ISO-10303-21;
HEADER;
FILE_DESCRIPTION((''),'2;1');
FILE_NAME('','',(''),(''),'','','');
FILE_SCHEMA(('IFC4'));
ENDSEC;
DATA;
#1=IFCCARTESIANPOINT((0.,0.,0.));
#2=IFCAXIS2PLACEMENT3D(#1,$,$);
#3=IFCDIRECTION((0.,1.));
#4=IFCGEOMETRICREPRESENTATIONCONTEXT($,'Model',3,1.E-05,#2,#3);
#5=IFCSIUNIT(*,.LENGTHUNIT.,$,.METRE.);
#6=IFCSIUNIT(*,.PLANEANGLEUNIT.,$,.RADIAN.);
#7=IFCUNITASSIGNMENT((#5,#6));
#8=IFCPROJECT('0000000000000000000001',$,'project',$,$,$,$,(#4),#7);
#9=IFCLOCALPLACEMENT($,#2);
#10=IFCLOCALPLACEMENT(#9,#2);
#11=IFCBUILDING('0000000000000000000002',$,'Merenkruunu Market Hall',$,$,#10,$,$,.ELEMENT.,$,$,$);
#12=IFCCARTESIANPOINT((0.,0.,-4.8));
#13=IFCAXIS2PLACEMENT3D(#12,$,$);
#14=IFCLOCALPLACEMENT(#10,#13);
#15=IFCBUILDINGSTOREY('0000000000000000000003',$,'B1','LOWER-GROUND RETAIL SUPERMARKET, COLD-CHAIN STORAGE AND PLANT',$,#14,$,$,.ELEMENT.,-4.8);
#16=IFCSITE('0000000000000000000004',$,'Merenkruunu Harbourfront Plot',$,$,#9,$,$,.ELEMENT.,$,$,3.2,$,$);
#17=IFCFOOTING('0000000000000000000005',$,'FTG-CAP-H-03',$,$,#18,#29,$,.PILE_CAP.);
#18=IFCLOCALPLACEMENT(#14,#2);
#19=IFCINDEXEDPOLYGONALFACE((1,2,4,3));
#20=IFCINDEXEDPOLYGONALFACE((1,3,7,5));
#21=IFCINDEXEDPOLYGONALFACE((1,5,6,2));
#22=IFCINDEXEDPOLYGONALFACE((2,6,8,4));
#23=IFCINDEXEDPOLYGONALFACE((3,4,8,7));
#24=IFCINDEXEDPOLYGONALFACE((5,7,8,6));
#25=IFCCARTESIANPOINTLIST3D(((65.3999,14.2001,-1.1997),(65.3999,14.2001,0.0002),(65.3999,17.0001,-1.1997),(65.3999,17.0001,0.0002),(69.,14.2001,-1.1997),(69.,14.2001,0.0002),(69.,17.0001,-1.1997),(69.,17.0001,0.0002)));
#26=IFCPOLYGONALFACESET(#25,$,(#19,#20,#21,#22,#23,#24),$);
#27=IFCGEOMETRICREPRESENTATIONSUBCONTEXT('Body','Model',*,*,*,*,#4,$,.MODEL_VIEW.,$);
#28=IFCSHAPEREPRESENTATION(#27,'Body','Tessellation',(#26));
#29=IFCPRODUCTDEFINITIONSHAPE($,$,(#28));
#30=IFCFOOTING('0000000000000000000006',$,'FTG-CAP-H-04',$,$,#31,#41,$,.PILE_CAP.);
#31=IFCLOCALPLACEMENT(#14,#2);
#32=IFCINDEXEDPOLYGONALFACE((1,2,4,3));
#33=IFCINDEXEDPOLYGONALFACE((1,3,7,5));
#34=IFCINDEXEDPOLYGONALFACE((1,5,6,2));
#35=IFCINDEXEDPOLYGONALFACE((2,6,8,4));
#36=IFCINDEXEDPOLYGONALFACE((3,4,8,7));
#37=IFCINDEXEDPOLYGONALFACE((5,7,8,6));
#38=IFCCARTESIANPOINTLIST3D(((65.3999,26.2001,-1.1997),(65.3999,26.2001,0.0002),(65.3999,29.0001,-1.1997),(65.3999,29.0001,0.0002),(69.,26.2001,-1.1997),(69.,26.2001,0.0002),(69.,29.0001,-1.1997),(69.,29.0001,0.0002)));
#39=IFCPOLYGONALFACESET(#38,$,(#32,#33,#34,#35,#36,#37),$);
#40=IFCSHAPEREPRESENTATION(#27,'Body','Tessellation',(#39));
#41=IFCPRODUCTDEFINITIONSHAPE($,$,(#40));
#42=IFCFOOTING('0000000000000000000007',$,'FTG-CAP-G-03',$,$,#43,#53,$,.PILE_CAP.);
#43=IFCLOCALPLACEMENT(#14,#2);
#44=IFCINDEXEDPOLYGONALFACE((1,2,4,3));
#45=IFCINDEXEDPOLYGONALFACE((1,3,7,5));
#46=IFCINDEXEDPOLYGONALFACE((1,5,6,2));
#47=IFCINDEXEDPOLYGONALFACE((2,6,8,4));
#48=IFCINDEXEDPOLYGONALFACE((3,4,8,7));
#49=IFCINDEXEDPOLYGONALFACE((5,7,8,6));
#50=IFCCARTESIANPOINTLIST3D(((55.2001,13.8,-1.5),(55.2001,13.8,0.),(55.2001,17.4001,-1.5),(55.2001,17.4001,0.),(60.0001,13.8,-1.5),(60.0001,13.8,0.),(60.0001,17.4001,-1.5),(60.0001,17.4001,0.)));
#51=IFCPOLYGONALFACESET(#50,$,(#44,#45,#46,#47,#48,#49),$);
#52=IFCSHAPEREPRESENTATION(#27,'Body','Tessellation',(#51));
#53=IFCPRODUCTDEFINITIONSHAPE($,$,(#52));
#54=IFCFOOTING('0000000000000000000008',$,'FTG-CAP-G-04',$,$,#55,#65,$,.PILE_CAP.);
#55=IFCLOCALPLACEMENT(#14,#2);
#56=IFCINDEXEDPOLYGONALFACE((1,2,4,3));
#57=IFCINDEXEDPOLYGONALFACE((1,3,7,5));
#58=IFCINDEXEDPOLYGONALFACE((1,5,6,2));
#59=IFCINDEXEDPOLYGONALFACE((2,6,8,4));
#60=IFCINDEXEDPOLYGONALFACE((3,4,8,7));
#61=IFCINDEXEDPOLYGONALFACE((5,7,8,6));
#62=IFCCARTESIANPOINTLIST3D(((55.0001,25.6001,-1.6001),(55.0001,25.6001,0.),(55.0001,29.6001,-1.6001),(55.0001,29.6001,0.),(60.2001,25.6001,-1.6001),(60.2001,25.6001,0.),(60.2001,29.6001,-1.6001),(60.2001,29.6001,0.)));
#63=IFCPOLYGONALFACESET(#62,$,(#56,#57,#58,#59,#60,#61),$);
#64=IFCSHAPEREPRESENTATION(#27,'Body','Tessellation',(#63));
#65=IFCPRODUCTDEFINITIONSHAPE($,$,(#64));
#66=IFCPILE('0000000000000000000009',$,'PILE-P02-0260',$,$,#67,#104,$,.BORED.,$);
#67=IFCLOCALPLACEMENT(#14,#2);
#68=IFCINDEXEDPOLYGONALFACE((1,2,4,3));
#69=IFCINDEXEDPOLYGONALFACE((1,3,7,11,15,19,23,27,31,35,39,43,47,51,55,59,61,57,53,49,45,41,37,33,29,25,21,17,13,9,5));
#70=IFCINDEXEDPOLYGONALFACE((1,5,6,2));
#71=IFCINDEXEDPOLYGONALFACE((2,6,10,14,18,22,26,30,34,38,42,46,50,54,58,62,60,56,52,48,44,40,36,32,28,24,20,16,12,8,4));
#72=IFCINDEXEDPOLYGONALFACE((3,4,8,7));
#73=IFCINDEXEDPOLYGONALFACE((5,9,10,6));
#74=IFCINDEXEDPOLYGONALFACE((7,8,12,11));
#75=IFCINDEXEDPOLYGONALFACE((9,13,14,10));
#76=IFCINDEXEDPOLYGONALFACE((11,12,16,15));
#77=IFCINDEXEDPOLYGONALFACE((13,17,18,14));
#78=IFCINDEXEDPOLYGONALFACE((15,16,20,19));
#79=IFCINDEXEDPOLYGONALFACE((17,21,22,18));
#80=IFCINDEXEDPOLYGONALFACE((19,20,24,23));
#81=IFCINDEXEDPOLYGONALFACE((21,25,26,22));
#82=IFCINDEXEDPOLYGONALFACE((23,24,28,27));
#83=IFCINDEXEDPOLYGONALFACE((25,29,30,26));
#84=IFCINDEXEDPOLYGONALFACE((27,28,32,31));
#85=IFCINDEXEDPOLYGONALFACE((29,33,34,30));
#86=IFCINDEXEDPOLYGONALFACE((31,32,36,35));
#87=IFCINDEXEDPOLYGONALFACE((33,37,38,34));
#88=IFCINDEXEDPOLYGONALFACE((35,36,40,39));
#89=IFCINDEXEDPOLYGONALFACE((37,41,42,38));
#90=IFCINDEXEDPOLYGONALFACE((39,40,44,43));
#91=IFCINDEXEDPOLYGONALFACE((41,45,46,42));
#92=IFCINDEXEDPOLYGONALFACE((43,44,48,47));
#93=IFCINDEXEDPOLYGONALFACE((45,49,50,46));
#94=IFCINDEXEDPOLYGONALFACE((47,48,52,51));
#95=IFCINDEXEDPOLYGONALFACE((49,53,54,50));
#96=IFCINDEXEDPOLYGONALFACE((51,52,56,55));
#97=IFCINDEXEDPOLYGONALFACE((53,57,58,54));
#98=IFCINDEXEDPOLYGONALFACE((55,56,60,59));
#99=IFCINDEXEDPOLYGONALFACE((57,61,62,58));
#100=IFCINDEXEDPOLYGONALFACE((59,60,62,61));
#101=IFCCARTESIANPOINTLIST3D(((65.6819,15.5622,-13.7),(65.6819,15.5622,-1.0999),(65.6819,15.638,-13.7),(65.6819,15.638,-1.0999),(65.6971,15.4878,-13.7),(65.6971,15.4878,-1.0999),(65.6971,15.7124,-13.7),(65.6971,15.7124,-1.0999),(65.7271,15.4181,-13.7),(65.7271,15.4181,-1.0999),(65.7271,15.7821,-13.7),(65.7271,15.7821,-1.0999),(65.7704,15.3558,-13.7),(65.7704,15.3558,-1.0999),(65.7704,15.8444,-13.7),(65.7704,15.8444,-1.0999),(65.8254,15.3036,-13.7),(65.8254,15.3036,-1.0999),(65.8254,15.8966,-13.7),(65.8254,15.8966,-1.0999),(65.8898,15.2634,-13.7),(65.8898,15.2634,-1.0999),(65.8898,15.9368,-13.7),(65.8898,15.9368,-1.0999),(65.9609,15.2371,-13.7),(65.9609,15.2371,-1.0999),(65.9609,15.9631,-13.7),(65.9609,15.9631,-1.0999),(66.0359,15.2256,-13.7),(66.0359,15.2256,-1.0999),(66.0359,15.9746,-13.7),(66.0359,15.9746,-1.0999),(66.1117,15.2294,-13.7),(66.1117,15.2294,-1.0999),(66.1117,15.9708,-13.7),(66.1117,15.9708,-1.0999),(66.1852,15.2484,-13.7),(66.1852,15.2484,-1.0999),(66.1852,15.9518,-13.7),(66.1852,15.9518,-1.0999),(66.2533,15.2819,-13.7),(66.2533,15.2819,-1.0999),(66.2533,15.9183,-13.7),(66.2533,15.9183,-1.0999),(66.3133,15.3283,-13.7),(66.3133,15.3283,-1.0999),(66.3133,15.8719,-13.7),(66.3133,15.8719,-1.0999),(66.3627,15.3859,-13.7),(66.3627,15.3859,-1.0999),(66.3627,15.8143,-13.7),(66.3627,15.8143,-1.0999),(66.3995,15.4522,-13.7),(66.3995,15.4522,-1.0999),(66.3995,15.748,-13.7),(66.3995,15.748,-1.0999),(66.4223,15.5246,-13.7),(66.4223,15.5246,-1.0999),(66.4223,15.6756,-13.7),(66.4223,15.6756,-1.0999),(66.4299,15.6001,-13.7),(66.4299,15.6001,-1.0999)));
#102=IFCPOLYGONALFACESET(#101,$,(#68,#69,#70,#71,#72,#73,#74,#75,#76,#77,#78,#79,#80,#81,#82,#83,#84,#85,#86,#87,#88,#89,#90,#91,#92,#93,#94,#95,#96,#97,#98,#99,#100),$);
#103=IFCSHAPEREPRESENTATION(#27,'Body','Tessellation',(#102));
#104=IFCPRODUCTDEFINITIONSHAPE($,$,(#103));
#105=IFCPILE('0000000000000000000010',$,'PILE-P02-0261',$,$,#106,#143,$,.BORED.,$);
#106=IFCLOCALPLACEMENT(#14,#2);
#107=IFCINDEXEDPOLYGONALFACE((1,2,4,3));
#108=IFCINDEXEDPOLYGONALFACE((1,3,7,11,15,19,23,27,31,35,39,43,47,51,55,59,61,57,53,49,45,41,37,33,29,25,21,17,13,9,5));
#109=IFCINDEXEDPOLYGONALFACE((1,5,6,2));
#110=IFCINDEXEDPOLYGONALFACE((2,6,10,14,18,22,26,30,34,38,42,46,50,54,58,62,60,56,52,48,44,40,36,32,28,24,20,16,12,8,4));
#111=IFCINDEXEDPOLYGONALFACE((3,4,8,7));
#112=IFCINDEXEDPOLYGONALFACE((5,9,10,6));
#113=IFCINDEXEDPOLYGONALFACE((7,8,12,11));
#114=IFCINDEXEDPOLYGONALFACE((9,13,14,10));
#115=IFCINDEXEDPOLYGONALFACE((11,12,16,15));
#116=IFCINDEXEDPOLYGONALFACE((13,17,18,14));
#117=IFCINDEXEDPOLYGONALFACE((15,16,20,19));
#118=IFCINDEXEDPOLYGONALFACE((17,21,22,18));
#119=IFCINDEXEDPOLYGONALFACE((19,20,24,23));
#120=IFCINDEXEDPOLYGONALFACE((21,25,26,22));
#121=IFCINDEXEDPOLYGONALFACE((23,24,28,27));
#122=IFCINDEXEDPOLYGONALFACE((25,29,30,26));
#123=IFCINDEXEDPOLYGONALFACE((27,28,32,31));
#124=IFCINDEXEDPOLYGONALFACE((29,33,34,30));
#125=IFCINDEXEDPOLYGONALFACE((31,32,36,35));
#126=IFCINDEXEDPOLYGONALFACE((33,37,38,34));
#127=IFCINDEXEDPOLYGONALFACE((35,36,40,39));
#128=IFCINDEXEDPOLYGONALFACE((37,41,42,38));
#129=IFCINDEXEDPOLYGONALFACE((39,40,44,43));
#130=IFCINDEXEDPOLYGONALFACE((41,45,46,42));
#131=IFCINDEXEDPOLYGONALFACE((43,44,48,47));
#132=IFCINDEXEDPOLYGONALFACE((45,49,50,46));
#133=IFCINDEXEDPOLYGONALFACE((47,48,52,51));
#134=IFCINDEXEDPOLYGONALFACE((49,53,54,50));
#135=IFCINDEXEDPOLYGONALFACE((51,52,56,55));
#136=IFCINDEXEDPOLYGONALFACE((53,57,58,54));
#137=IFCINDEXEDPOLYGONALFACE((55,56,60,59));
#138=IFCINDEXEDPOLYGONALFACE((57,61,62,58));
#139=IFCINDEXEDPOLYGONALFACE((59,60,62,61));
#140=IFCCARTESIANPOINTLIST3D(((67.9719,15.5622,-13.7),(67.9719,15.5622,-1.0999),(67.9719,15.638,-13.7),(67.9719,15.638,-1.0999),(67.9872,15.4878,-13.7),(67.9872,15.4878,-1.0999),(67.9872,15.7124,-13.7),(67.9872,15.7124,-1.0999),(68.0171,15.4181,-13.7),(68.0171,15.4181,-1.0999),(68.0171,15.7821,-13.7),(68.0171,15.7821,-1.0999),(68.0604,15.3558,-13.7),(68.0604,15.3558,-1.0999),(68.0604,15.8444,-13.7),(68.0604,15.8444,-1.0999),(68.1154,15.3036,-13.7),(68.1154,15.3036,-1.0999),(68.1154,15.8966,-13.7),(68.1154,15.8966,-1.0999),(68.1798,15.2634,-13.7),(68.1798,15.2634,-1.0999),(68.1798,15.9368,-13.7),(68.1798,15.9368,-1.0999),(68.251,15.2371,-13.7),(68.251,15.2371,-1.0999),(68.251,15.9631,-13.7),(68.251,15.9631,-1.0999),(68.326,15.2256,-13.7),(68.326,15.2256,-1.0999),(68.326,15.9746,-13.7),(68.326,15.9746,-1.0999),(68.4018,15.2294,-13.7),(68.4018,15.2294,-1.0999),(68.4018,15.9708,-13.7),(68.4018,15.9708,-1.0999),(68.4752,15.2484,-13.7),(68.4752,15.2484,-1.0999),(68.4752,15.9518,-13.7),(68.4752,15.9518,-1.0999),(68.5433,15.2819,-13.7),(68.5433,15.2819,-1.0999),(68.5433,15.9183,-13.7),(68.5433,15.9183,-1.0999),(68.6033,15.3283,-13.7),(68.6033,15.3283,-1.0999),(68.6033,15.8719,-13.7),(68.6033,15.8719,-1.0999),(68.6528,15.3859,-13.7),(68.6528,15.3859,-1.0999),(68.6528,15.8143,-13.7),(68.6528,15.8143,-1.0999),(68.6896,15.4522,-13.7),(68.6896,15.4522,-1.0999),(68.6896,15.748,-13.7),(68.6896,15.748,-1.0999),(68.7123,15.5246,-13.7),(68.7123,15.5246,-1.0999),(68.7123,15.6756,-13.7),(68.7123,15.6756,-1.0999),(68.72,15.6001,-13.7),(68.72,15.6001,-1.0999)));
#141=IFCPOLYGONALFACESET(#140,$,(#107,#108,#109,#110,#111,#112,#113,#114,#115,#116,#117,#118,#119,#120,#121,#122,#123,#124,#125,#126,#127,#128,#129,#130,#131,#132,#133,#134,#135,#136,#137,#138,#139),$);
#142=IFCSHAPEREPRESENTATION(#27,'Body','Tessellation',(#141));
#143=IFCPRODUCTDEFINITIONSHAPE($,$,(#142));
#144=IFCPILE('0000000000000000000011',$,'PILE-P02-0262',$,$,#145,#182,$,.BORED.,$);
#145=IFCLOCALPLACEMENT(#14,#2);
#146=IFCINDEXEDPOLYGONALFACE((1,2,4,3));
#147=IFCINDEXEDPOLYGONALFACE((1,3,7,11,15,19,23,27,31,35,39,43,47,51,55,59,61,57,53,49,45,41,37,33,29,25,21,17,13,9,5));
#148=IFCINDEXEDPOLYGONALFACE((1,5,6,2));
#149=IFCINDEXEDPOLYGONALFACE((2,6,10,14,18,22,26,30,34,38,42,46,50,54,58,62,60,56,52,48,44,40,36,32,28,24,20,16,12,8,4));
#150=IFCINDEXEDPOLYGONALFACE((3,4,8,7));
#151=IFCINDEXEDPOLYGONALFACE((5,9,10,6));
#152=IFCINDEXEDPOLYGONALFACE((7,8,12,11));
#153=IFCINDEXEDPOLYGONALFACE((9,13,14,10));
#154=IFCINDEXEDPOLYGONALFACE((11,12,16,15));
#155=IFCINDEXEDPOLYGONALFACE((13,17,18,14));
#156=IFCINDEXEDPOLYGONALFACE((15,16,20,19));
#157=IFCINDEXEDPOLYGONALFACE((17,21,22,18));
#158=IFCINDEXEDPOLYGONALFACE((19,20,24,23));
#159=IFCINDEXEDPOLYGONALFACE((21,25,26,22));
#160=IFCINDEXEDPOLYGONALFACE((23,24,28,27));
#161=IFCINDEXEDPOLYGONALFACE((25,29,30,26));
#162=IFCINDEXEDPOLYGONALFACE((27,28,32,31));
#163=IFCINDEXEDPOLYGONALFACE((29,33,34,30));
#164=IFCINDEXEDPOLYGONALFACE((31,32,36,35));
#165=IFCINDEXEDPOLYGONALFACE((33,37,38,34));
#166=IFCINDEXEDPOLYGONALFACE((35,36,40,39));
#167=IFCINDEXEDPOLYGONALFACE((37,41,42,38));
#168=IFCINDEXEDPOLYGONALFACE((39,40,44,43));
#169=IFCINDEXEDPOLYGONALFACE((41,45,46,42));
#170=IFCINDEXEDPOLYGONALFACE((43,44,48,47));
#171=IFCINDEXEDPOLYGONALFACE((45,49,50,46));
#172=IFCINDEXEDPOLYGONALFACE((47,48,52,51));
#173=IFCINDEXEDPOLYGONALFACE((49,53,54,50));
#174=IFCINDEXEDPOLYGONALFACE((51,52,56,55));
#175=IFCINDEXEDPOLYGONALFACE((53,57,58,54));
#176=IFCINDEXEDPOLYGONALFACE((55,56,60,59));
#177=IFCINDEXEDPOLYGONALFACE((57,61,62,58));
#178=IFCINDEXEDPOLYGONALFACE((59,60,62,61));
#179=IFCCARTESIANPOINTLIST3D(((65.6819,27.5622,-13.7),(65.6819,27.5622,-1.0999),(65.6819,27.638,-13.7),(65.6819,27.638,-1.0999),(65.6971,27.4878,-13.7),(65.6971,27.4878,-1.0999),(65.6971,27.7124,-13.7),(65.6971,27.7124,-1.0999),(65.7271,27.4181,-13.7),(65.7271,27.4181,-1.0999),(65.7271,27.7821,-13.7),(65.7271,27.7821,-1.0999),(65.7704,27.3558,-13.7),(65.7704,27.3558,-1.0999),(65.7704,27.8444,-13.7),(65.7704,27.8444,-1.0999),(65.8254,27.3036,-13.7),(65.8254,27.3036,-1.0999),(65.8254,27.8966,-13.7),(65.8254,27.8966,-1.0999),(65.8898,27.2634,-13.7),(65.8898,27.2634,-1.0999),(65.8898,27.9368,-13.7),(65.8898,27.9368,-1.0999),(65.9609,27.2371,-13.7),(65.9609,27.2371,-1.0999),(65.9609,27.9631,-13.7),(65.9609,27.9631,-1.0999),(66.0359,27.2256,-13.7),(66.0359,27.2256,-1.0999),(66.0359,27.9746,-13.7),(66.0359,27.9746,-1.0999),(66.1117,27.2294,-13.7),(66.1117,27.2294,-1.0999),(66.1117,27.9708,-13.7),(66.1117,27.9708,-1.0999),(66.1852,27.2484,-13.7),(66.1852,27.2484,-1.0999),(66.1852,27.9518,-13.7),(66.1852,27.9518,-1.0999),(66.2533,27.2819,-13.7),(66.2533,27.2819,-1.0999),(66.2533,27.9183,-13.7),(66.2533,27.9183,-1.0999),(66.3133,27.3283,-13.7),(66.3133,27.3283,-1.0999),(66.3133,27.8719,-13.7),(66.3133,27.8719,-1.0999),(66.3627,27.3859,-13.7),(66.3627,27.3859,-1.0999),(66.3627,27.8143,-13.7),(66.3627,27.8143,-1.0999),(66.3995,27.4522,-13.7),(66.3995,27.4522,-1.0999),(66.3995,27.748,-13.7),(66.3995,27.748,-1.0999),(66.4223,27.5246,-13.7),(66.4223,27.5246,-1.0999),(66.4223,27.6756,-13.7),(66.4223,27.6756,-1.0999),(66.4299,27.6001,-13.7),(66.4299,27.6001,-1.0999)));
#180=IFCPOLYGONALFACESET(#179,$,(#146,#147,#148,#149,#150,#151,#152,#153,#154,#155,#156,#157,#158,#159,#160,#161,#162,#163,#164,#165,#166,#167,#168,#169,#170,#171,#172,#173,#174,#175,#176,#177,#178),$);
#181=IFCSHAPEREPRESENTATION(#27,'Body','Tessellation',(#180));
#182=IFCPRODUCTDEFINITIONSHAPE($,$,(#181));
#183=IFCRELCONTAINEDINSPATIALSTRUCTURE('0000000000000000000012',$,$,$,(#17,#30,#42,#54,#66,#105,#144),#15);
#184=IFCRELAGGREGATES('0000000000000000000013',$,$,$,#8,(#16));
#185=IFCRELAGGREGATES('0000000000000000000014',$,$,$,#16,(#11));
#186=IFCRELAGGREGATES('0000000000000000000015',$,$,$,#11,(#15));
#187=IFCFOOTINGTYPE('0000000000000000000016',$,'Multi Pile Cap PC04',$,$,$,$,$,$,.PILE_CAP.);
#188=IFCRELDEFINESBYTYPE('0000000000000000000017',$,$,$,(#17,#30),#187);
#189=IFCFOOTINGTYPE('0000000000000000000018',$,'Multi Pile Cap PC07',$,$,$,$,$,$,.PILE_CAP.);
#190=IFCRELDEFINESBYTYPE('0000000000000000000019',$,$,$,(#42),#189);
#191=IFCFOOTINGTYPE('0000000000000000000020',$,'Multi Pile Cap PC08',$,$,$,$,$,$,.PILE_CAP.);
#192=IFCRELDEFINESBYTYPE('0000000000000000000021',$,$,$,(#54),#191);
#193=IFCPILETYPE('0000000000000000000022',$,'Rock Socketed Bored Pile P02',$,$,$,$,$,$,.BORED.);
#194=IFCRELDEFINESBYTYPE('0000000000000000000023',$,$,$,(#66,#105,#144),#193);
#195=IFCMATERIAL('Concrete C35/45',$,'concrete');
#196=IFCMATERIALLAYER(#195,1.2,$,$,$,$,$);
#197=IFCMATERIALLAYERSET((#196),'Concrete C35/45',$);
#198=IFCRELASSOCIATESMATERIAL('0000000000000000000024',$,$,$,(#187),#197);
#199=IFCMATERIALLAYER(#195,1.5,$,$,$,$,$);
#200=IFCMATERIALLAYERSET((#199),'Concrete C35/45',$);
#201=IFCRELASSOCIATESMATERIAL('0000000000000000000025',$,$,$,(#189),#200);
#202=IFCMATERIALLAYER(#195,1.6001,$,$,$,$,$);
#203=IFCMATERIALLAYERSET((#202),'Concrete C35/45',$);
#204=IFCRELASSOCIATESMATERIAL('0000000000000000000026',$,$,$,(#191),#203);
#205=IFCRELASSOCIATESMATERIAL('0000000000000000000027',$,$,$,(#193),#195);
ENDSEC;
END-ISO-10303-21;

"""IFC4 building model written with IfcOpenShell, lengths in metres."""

from ifc_helpers import new_model, si_unit, direction, frame, origin, origin_2d, place, context, subcontext, project, spatial, rectangle, circle, extrude, material, layer, layer_set, material_profile, profile_set, type_object, element, save


model = new_model("IFC4")

# Units and contexts
model_context = context("Model", 3, precision=1e-05, world=origin(), true_north=direction((0.0, 1.0)))
body_context = subcontext(model_context, "Body", "Model", "MODEL_VIEW")
ifc_project = project(units=[si_unit("LENGTHUNIT", "METRE"), si_unit("PLANEANGLEUNIT", "RADIAN")], contexts=[model_context])

# Site, building, storey
site_placement = place(None, origin())
site = spatial("IfcSite", under=ifc_project, at=site_placement, Name="Merenkruunu Harbourfront Plot", CompositionType="ELEMENT", RefElevation=3.2)
building_placement = place(site_placement, origin())
building = spatial("IfcBuilding", under=site, at=building_placement, Name="Merenkruunu Market Hall", CompositionType="ELEMENT")
storey_placement = place(building_placement, frame((0.0, 0.0, -4.8)))
storey = spatial("IfcBuildingStorey", under=building, at=storey_placement, Name="B1", Description="LOWER-GROUND RETAIL SUPERMARKET, COLD-CHAIN STORAGE AND PLANT", CompositionType="ELEMENT", Elevation=-4.8)

# Footings
ifc_material_1 = material(Name="Concrete C35/45", Category="concrete")
ifc_layer_1 = layer(ifc_material_1, 1.2)
ifc_layer_set_1 = layer_set([ifc_layer_1], Name="Concrete C35/45")
footing_type_1 = type_object("IfcFootingType", Name="Multi Pile Cap PC04", PredefinedType="PILE_CAP", material=ifc_layer_set_1)
for number, where, z_axis, x_axis, name in (
    (1, (67.2, 15.6001, -1.1997), (0.0, 0.0, 1.0), (1.0, 0.0, 0.0), "FTG-CAP-H-03"),
    (2, (67.2, 27.6001, -1.1997), (0.0, 0.0, 1.0), (1.0, 0.0, 0.0), "FTG-CAP-H-04"),
):
    element("IfcFooting", number, at=place(storey_placement, frame(where, z_axis=z_axis, x_axis=x_axis)), inside=storey, type_object=footing_type_1, Name=name, PredefinedType="PILE_CAP", context=body_context, shape_type="SweptSolid", body=[
        extrude(rectangle(XDim=3.6001, YDim=2.8, at=origin_2d()), origin(), (0.0, 0.0, 1.0), 1.2),
    ])
ifc_layer_2 = layer(ifc_material_1, 1.5)
ifc_layer_set_2 = layer_set([ifc_layer_2], Name="Concrete C35/45")
footing_type_2 = type_object("IfcFootingType", Name="Multi Pile Cap PC07", PredefinedType="PILE_CAP", material=ifc_layer_set_2)
footing_1_placement = place(storey_placement, frame((57.6001, 15.6001, -1.5), z_axis=(0.0, 0.0, 1.0), x_axis=(1.0, 0.0, 0.0)))
element("IfcFooting", 3, at=footing_1_placement, inside=storey, type_object=footing_type_2, Name="FTG-CAP-G-03", PredefinedType="PILE_CAP", context=body_context, shape_type="SweptSolid", body=[
    extrude(rectangle(XDim=4.8, YDim=3.6001, at=origin_2d()), origin(), (0.0, 0.0, 1.0), 1.5),
])
ifc_layer_3 = layer(ifc_material_1, 1.6001)
ifc_layer_set_3 = layer_set([ifc_layer_3], Name="Concrete C35/45")
footing_type_3 = type_object("IfcFootingType", Name="Multi Pile Cap PC08", PredefinedType="PILE_CAP", material=ifc_layer_set_3)
footing_2_placement = place(storey_placement, frame((57.6001, 27.6001, -1.6001), z_axis=(0.0, 0.0, 1.0), x_axis=(1.0, 0.0, 0.0)))
element("IfcFooting", 4, at=footing_2_placement, inside=storey, type_object=footing_type_3, Name="FTG-CAP-G-04", PredefinedType="PILE_CAP", context=body_context, shape_type="SweptSolid", body=[
    extrude(rectangle(XDim=5.2, YDim=4.0, at=origin_2d()), origin(), (0.0, 0.0, 1.0), 1.6001),
])

# Piles
ifc_material_profile_1 = material_profile(ifc_material_1, circle(Radius=0.375, at=origin_2d()), Name="BORED PILE 750")
ifc_profile_set_1 = profile_set([ifc_material_profile_1], Name="Concrete C35/45")
pile_type_1 = type_object("IfcPileType", Name="Rock Socketed Bored Pile P02", PredefinedType="BORED", material=ifc_profile_set_1)
for number, where, z_axis, x_axis, name in (
    (5, (66.0549, 15.6001, -1.0999), (0.0, 0.0, -1.0), (1.0, 0.0, 0.0), "PILE-P02-0260"),
    (6, (68.345, 15.6001, -1.0999), (0.0, 0.0, -1.0), (1.0, 0.0, 0.0), "PILE-P02-0261"),
    (7, (66.0549, 27.6001, -1.0999), (0.0, 0.0, -1.0), (1.0, 0.0, 0.0), "PILE-P02-0262"),
):
    element("IfcPile", number, at=place(storey_placement, frame(where, z_axis=z_axis, x_axis=x_axis)), inside=storey, type_object=pile_type_1, Name=name, PredefinedType="BORED", context=body_context, shape_type="SweptSolid", body=[
        extrude(circle(Radius=0.375, at=origin_2d()), origin(), (0.0, 0.0, 1.0), 12.6001),
    ])

save(model, "model.ifc")
